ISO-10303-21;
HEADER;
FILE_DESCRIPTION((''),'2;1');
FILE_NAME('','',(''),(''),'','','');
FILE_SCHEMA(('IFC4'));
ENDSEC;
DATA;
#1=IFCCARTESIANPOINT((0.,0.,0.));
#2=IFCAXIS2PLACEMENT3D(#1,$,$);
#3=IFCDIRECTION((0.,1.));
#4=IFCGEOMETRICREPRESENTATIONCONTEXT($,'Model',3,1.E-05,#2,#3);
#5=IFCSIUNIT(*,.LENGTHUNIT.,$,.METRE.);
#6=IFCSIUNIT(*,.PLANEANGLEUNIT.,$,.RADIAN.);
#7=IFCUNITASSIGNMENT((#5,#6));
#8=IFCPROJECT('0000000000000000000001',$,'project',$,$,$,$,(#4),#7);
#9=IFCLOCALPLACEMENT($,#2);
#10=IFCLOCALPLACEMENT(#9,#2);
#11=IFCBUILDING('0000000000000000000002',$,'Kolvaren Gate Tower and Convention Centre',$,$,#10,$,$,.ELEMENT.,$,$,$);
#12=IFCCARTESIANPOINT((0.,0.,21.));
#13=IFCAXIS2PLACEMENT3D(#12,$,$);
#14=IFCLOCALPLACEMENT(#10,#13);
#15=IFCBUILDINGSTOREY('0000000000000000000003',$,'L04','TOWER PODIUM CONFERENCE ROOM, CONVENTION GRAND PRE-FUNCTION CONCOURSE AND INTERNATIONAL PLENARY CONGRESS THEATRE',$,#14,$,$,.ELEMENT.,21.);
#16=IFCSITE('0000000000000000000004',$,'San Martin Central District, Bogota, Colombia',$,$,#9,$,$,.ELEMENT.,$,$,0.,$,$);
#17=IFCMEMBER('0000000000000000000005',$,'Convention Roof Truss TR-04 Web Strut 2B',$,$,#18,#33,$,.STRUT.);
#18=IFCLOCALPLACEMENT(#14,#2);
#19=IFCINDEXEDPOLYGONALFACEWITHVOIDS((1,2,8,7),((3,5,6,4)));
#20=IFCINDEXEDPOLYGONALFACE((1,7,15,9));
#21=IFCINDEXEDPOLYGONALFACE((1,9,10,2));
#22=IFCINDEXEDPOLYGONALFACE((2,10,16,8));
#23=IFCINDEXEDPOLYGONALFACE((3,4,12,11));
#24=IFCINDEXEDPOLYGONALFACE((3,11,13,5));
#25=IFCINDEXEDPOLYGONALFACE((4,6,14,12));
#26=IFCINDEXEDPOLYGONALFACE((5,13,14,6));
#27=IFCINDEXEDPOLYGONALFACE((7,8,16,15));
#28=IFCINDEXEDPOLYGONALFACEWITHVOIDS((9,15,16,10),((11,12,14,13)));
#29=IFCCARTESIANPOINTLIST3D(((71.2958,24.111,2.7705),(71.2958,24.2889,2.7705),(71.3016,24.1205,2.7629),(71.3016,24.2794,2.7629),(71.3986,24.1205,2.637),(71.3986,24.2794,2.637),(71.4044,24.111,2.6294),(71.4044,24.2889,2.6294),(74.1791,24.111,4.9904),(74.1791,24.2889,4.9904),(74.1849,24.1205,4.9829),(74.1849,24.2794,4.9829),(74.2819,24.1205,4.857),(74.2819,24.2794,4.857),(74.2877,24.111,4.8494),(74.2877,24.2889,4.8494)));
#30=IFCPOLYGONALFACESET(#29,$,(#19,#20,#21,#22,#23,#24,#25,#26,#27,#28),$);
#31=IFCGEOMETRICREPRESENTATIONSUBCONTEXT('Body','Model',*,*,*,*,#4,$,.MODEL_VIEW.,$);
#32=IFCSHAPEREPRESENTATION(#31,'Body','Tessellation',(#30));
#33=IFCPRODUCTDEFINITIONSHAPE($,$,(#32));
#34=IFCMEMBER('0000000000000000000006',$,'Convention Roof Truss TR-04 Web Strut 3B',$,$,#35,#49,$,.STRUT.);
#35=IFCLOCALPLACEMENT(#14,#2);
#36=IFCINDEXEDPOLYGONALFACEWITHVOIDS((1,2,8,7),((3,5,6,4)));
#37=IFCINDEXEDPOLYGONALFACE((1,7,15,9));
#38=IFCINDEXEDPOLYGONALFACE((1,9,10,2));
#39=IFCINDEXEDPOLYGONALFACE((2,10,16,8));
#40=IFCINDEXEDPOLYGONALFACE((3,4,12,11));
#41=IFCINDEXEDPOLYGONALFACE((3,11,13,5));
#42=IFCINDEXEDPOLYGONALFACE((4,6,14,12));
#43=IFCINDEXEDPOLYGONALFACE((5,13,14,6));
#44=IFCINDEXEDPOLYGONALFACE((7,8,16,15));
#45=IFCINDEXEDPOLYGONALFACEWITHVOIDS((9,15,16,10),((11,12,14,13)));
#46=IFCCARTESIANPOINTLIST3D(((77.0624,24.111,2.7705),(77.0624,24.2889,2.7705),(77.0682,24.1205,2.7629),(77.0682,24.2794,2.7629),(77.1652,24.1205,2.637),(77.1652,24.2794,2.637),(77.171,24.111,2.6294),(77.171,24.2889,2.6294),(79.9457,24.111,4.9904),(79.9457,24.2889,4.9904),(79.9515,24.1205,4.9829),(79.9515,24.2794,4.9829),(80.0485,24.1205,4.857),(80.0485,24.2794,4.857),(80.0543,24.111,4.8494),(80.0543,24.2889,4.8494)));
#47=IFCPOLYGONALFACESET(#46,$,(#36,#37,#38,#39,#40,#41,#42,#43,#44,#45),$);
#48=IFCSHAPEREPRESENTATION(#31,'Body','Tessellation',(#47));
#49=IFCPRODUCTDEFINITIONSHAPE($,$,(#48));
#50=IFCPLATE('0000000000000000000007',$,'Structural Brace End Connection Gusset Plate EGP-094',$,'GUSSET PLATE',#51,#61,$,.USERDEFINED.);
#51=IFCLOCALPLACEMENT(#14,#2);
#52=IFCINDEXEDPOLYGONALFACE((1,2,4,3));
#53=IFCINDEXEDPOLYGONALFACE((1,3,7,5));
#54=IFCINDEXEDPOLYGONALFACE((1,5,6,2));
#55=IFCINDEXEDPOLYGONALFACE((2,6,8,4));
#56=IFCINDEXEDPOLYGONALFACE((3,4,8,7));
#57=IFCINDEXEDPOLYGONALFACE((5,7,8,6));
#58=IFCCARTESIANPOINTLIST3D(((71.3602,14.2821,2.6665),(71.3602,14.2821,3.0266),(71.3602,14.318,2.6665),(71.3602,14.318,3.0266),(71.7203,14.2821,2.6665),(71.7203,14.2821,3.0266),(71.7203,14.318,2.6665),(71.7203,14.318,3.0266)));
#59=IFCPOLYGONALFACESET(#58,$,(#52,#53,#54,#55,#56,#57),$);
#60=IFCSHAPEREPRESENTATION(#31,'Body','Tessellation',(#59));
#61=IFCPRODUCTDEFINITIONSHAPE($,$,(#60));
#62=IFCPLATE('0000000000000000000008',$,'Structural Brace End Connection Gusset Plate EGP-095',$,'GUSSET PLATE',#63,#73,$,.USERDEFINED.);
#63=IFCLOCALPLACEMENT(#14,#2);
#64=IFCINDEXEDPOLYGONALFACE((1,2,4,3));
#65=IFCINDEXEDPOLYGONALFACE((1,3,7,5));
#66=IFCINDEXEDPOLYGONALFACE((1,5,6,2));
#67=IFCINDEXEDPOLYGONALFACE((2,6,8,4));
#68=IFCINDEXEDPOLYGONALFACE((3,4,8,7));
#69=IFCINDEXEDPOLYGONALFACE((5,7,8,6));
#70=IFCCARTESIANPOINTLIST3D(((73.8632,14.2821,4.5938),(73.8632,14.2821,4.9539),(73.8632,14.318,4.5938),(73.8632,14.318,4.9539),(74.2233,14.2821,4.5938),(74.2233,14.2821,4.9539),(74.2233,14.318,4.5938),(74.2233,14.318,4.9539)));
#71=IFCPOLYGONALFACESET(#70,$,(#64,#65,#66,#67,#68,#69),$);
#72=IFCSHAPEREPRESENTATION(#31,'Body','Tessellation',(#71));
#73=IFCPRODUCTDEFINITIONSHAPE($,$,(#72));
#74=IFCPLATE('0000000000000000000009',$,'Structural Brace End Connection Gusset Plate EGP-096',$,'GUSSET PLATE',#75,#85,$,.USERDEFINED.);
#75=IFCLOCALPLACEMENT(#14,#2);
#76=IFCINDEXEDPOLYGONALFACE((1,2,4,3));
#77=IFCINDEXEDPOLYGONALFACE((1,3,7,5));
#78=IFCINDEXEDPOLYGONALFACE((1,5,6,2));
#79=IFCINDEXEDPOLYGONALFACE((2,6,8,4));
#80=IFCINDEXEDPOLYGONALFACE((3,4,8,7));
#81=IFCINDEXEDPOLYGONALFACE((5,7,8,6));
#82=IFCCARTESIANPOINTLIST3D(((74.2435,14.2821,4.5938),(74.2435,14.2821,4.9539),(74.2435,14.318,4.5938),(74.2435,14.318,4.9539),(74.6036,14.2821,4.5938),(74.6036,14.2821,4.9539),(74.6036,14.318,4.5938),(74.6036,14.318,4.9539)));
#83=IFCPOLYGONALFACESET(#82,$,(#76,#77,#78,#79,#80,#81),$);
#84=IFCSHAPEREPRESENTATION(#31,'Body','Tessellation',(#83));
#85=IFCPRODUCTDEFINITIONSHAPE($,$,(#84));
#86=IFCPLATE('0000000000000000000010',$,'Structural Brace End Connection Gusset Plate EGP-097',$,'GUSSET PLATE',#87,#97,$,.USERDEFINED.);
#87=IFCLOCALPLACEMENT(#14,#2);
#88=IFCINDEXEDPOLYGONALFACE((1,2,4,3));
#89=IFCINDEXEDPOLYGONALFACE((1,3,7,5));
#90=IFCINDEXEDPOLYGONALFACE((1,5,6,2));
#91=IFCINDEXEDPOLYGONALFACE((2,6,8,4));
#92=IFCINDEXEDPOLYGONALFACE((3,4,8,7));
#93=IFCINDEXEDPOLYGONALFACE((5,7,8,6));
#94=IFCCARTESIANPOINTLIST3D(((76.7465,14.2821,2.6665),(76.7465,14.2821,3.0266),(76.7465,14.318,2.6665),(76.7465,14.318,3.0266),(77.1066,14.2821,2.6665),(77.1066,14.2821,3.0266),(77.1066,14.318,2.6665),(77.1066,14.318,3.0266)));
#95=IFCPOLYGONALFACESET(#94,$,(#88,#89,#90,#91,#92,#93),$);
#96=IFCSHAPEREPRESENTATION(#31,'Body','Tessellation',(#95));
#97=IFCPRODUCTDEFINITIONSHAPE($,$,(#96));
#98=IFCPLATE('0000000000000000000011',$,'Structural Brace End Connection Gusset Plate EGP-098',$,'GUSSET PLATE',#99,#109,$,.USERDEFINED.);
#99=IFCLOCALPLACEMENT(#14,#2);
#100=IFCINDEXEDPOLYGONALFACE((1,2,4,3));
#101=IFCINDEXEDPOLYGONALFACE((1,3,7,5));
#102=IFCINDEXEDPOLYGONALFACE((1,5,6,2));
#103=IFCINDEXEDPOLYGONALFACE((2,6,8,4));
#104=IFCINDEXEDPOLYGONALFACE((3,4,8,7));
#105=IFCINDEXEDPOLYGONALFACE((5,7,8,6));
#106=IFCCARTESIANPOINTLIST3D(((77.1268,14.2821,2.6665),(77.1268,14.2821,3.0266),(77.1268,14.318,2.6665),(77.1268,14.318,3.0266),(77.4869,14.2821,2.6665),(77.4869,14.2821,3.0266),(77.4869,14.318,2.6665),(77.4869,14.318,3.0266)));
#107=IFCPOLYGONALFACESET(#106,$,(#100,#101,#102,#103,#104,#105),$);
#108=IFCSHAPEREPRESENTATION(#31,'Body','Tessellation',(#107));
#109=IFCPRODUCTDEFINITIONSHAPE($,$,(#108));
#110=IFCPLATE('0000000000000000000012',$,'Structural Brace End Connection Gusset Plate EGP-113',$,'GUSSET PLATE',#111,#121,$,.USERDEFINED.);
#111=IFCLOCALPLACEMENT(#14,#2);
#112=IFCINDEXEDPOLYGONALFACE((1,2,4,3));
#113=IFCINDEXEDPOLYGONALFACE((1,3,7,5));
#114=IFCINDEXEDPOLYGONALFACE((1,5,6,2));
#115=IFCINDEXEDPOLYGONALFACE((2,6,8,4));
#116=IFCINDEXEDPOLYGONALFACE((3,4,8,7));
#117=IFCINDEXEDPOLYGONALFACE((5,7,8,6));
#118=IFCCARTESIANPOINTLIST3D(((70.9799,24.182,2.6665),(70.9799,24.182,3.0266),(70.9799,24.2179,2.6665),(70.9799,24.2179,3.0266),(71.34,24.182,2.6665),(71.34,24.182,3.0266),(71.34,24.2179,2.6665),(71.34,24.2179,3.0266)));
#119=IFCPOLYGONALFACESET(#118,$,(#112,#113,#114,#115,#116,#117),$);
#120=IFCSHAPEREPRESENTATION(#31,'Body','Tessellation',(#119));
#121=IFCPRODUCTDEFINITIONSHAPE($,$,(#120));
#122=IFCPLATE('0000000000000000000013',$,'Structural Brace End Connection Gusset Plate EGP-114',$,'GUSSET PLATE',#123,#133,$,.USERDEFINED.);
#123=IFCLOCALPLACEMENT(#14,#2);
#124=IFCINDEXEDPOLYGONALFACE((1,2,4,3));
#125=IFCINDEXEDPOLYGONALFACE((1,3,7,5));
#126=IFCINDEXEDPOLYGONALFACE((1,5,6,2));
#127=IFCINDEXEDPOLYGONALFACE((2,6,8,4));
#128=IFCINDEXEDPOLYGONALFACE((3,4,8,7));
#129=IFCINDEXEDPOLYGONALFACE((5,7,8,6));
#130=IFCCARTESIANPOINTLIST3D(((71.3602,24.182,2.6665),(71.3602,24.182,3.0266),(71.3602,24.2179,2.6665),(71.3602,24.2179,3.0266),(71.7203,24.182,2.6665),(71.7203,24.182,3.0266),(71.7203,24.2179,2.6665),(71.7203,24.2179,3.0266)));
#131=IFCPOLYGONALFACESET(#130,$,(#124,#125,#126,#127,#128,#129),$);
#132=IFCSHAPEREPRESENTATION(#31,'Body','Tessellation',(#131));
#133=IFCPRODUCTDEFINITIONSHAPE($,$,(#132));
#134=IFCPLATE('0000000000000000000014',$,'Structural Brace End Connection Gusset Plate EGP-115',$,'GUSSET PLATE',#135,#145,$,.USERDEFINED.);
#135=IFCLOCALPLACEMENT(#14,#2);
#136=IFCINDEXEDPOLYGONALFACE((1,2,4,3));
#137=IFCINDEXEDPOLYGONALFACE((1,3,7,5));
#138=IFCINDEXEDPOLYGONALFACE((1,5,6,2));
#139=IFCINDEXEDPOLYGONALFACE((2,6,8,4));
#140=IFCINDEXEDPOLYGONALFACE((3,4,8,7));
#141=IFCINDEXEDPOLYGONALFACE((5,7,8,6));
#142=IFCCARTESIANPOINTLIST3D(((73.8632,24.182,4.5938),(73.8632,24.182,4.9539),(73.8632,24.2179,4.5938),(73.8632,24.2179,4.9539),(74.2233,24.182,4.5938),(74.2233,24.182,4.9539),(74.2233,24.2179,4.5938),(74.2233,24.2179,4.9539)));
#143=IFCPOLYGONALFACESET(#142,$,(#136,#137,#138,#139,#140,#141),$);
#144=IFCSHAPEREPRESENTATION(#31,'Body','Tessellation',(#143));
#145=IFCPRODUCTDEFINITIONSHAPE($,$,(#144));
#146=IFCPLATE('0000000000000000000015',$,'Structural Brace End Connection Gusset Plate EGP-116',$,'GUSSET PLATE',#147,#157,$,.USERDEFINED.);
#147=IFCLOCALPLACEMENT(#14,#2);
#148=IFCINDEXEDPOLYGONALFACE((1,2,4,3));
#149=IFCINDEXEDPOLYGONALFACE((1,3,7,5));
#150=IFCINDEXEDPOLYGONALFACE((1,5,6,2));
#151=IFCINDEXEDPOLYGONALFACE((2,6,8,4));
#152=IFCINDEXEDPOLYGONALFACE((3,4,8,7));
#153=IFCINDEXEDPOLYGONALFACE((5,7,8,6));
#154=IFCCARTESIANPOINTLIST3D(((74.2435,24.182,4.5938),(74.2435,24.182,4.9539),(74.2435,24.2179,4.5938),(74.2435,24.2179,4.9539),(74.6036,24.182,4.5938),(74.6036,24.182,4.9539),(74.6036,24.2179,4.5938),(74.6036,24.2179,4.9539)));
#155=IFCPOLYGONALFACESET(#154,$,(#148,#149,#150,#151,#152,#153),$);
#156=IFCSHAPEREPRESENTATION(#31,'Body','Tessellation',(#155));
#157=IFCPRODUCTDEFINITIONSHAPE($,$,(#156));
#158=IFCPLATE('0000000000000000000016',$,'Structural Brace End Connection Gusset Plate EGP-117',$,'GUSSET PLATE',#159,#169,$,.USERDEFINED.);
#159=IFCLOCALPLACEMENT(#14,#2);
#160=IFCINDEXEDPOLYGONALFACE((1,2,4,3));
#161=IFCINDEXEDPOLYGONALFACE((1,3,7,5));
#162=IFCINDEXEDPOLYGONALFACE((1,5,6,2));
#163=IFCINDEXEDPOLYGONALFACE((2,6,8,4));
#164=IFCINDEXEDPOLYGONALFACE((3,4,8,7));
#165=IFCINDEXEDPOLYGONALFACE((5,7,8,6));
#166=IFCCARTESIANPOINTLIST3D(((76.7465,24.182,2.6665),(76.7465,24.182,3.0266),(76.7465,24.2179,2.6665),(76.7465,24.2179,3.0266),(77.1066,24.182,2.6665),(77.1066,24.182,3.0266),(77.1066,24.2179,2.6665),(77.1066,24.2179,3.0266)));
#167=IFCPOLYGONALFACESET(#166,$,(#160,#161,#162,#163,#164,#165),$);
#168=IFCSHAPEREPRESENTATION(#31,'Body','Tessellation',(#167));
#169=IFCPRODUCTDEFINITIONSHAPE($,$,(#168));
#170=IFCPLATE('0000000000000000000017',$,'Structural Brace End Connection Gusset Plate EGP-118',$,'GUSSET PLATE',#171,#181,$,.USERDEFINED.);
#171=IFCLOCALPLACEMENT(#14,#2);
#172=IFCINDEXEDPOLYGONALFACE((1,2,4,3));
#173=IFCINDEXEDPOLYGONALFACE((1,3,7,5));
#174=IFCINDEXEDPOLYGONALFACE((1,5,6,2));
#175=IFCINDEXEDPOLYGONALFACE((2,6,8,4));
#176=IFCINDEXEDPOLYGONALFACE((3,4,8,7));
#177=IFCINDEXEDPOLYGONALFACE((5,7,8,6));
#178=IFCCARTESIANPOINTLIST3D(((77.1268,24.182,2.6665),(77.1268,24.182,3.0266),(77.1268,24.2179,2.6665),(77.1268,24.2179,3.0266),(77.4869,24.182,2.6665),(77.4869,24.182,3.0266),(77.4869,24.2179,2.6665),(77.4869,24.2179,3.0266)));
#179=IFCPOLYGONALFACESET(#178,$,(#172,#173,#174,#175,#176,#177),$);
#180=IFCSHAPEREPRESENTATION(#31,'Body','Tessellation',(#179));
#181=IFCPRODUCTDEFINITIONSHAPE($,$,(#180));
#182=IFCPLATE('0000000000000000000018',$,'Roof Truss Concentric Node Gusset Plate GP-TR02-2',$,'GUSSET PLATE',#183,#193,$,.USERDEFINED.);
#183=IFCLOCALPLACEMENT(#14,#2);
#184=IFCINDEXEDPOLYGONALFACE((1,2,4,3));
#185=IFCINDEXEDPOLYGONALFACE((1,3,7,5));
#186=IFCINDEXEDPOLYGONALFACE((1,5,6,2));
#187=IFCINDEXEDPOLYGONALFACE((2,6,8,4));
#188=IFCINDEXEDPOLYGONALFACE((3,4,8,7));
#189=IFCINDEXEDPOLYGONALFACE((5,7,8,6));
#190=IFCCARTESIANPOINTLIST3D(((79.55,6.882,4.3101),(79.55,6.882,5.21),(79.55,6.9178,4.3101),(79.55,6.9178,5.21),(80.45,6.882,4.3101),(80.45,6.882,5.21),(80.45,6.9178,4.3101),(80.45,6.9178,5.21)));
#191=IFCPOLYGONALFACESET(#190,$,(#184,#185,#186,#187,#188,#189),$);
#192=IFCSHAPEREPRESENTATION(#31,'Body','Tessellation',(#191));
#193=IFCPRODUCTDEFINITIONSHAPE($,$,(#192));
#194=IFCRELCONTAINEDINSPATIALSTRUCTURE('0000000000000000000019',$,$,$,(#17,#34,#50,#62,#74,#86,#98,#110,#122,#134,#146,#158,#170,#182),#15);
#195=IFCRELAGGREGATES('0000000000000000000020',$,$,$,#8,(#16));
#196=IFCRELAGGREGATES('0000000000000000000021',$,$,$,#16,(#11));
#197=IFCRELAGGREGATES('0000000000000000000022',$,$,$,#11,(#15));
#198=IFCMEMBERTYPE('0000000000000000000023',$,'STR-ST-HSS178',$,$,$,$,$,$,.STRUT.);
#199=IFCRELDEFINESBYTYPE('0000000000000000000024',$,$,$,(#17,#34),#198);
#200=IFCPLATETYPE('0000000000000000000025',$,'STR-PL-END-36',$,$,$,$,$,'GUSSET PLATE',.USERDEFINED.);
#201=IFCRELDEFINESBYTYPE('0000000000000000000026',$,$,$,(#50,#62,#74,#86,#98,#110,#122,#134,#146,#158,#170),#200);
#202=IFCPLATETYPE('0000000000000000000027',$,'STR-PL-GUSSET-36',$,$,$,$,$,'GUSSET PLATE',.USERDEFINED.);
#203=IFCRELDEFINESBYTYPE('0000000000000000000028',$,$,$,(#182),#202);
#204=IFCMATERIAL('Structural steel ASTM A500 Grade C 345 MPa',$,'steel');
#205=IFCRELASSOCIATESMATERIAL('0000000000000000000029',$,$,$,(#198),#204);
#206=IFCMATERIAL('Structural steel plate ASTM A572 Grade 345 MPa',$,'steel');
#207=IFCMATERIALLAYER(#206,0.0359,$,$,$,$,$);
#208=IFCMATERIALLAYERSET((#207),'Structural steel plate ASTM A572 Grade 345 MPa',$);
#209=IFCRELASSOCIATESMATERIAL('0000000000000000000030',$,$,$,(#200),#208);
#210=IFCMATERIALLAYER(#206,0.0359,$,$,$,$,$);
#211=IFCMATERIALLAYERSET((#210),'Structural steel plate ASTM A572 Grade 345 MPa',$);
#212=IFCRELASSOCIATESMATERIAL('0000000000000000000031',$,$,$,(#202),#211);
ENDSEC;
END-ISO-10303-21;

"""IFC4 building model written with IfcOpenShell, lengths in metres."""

from ifc_helpers import new_model, si_unit, direction, frame, origin, origin_2d, place, context, subcontext, project, spatial, rectangle, hollow_rectangle, extrude, material, layer, layer_set, material_profile, profile_set, type_object, element, save


model = new_model("IFC4")

# Units and contexts
model_context = context("Model", 3, precision=1e-05, world=origin(), true_north=direction((0.0, 1.0)))
body_context = subcontext(model_context, "Body", "Model", "MODEL_VIEW")
ifc_project = project(units=[si_unit("LENGTHUNIT", "METRE"), si_unit("PLANEANGLEUNIT", "RADIAN")], contexts=[model_context])

# Site, building, storey
site_placement = place(None, origin())
site = spatial("IfcSite", under=ifc_project, at=site_placement, Name="San Martin Central District, Bogota, Colombia", CompositionType="ELEMENT", RefElevation=0.0)
building_placement = place(site_placement, origin())
building = spatial("IfcBuilding", under=site, at=building_placement, Name="Kolvaren Gate Tower and Convention Centre", CompositionType="ELEMENT")
storey_placement = place(building_placement, frame((0.0, 0.0, 21.0)))
storey = spatial("IfcBuildingStorey", under=building, at=storey_placement, Name="L04", Description="TOWER PODIUM CONFERENCE ROOM, CONVENTION GRAND PRE-FUNCTION CONCOURSE AND INTERNATIONAL PLENARY CONGRESS THEATRE", CompositionType="ELEMENT", Elevation=21.0)

# Members
ifc_material_1 = material(Name="Structural steel ASTM A500 Grade C 345 MPa", Category="steel")
ifc_material_profile_1 = material_profile(ifc_material_1, hollow_rectangle(XDim=0.178, YDim=0.178, WallThickness=0.0095, at=origin_2d()), Name="HSS178X178X9.5")
ifc_profile_set_1 = profile_set([ifc_material_profile_1], Name="Structural steel ASTM A500 Grade C 345 MPa")
member_type_1 = type_object("IfcMemberType", Name="STR-ST-HSS178", PredefinedType="STRUT", material=ifc_profile_set_1)
for number, where, z_axis, x_axis, name in (
    (1, (71.3501, 24.2, 2.7), (0.792352, 0.0, 0.610064), (0.0, 1.0, 0.0), "Convention Roof Truss TR-04 Web Strut 2B"),
    (2, (77.1167, 24.2, 2.7), (0.792352, 0.0, 0.610064), (0.0, 1.0, 0.0), "Convention Roof Truss TR-04 Web Strut 3B"),
):
    element("IfcMember", number, at=place(storey_placement, frame(where, z_axis=z_axis, x_axis=x_axis)), inside=storey, type_object=member_type_1, Name=name, PredefinedType="STRUT", context=body_context, shape_type="SweptSolid", body=[
        extrude(hollow_rectangle(XDim=0.178, YDim=0.178, WallThickness=0.0095, at=origin_2d()), origin(), (0.0, 0.0, 1.0), 3.6389),
    ])

# Plates
ifc_material_2 = material(Name="Structural steel plate ASTM A572 Grade 345 MPa", Category="steel")
ifc_layer_1 = layer(ifc_material_2, 0.0359)
ifc_layer_set_1 = layer_set([ifc_layer_1], Name="Structural steel plate ASTM A572 Grade 345 MPa")
plate_type_1 = type_object("IfcPlateType", Name="STR-PL-END-36", ElementType="GUSSET PLATE", PredefinedType="USERDEFINED", material=ifc_layer_set_1)
for number, where, z_axis, x_axis, name in (
    (3, (71.5403, 14.3, 2.6665), (0.0, 0.0, 1.0), (1.0, 0.0, 0.0), "Structural Brace End Connection Gusset Plate EGP-094"),
    (4, (74.0432, 14.3, 4.5938), (0.0, 0.0, 1.0), (1.0, 0.0, 0.0), "Structural Brace End Connection Gusset Plate EGP-095"),
    (5, (74.4236, 14.3, 4.5938), (0.0, 0.0, 1.0), (1.0, 0.0, 0.0), "Structural Brace End Connection Gusset Plate EGP-096"),
    (6, (76.9265, 14.3, 2.6665), (0.0, 0.0, 1.0), (1.0, 0.0, 0.0), "Structural Brace End Connection Gusset Plate EGP-097"),
    (7, (77.3069, 14.3, 2.6665), (0.0, 0.0, 1.0), (1.0, 0.0, 0.0), "Structural Brace End Connection Gusset Plate EGP-098"),
    (8, (71.1599, 24.2, 2.6665), (0.0, 0.0, 1.0), (1.0, 0.0, 0.0), "Structural Brace End Connection Gusset Plate EGP-113"),
    (9, (71.5403, 24.2, 2.6665), (0.0, 0.0, 1.0), (1.0, 0.0, 0.0), "Structural Brace End Connection Gusset Plate EGP-114"),
    (10, (74.0432, 24.2, 4.5938), (0.0, 0.0, 1.0), (1.0, 0.0, 0.0), "Structural Brace End Connection Gusset Plate EGP-115"),
    (11, (74.4236, 24.2, 4.5938), (0.0, 0.0, 1.0), (1.0, 0.0, 0.0), "Structural Brace End Connection Gusset Plate EGP-116"),
    (12, (76.9265, 24.2, 2.6665), (0.0, 0.0, 1.0), (1.0, 0.0, 0.0), "Structural Brace End Connection Gusset Plate EGP-117"),
    (13, (77.3069, 24.2, 2.6665), (0.0, 0.0, 1.0), (1.0, 0.0, 0.0), "Structural Brace End Connection Gusset Plate EGP-118"),
):
    element("IfcPlate", number, at=place(storey_placement, frame(where, z_axis=z_axis, x_axis=x_axis)), inside=storey, type_object=plate_type_1, Name=name, ObjectType="GUSSET PLATE", PredefinedType="USERDEFINED", context=body_context, shape_type="SweptSolid", body=[
        extrude(rectangle(XDim=0.3601, YDim=0.0359, at=origin_2d()), origin(), (0.0, 0.0, 1.0), 0.3601),
    ])
ifc_layer_2 = layer(ifc_material_2, 0.0359)
ifc_layer_set_2 = layer_set([ifc_layer_2], Name="Structural steel plate ASTM A572 Grade 345 MPa")
plate_type_2 = type_object("IfcPlateType", Name="STR-PL-GUSSET-36", ElementType="GUSSET PLATE", PredefinedType="USERDEFINED", material=ifc_layer_set_2)
plate_placement = place(storey_placement, frame((80.0, 6.8999, 4.3101), z_axis=(0.0, 0.0, 1.0), x_axis=(1.0, 0.0, 0.0)))
element("IfcPlate", 14, at=plate_placement, inside=storey, type_object=plate_type_2, Name="Roof Truss Concentric Node Gusset Plate GP-TR02-2", ObjectType="GUSSET PLATE", PredefinedType="USERDEFINED", context=body_context, shape_type="SweptSolid", body=[
    extrude(rectangle(XDim=0.8999, YDim=0.0359, at=origin_2d()), origin(), (0.0, 0.0, 1.0), 0.8999),
])

save(model, "model.ifc")
